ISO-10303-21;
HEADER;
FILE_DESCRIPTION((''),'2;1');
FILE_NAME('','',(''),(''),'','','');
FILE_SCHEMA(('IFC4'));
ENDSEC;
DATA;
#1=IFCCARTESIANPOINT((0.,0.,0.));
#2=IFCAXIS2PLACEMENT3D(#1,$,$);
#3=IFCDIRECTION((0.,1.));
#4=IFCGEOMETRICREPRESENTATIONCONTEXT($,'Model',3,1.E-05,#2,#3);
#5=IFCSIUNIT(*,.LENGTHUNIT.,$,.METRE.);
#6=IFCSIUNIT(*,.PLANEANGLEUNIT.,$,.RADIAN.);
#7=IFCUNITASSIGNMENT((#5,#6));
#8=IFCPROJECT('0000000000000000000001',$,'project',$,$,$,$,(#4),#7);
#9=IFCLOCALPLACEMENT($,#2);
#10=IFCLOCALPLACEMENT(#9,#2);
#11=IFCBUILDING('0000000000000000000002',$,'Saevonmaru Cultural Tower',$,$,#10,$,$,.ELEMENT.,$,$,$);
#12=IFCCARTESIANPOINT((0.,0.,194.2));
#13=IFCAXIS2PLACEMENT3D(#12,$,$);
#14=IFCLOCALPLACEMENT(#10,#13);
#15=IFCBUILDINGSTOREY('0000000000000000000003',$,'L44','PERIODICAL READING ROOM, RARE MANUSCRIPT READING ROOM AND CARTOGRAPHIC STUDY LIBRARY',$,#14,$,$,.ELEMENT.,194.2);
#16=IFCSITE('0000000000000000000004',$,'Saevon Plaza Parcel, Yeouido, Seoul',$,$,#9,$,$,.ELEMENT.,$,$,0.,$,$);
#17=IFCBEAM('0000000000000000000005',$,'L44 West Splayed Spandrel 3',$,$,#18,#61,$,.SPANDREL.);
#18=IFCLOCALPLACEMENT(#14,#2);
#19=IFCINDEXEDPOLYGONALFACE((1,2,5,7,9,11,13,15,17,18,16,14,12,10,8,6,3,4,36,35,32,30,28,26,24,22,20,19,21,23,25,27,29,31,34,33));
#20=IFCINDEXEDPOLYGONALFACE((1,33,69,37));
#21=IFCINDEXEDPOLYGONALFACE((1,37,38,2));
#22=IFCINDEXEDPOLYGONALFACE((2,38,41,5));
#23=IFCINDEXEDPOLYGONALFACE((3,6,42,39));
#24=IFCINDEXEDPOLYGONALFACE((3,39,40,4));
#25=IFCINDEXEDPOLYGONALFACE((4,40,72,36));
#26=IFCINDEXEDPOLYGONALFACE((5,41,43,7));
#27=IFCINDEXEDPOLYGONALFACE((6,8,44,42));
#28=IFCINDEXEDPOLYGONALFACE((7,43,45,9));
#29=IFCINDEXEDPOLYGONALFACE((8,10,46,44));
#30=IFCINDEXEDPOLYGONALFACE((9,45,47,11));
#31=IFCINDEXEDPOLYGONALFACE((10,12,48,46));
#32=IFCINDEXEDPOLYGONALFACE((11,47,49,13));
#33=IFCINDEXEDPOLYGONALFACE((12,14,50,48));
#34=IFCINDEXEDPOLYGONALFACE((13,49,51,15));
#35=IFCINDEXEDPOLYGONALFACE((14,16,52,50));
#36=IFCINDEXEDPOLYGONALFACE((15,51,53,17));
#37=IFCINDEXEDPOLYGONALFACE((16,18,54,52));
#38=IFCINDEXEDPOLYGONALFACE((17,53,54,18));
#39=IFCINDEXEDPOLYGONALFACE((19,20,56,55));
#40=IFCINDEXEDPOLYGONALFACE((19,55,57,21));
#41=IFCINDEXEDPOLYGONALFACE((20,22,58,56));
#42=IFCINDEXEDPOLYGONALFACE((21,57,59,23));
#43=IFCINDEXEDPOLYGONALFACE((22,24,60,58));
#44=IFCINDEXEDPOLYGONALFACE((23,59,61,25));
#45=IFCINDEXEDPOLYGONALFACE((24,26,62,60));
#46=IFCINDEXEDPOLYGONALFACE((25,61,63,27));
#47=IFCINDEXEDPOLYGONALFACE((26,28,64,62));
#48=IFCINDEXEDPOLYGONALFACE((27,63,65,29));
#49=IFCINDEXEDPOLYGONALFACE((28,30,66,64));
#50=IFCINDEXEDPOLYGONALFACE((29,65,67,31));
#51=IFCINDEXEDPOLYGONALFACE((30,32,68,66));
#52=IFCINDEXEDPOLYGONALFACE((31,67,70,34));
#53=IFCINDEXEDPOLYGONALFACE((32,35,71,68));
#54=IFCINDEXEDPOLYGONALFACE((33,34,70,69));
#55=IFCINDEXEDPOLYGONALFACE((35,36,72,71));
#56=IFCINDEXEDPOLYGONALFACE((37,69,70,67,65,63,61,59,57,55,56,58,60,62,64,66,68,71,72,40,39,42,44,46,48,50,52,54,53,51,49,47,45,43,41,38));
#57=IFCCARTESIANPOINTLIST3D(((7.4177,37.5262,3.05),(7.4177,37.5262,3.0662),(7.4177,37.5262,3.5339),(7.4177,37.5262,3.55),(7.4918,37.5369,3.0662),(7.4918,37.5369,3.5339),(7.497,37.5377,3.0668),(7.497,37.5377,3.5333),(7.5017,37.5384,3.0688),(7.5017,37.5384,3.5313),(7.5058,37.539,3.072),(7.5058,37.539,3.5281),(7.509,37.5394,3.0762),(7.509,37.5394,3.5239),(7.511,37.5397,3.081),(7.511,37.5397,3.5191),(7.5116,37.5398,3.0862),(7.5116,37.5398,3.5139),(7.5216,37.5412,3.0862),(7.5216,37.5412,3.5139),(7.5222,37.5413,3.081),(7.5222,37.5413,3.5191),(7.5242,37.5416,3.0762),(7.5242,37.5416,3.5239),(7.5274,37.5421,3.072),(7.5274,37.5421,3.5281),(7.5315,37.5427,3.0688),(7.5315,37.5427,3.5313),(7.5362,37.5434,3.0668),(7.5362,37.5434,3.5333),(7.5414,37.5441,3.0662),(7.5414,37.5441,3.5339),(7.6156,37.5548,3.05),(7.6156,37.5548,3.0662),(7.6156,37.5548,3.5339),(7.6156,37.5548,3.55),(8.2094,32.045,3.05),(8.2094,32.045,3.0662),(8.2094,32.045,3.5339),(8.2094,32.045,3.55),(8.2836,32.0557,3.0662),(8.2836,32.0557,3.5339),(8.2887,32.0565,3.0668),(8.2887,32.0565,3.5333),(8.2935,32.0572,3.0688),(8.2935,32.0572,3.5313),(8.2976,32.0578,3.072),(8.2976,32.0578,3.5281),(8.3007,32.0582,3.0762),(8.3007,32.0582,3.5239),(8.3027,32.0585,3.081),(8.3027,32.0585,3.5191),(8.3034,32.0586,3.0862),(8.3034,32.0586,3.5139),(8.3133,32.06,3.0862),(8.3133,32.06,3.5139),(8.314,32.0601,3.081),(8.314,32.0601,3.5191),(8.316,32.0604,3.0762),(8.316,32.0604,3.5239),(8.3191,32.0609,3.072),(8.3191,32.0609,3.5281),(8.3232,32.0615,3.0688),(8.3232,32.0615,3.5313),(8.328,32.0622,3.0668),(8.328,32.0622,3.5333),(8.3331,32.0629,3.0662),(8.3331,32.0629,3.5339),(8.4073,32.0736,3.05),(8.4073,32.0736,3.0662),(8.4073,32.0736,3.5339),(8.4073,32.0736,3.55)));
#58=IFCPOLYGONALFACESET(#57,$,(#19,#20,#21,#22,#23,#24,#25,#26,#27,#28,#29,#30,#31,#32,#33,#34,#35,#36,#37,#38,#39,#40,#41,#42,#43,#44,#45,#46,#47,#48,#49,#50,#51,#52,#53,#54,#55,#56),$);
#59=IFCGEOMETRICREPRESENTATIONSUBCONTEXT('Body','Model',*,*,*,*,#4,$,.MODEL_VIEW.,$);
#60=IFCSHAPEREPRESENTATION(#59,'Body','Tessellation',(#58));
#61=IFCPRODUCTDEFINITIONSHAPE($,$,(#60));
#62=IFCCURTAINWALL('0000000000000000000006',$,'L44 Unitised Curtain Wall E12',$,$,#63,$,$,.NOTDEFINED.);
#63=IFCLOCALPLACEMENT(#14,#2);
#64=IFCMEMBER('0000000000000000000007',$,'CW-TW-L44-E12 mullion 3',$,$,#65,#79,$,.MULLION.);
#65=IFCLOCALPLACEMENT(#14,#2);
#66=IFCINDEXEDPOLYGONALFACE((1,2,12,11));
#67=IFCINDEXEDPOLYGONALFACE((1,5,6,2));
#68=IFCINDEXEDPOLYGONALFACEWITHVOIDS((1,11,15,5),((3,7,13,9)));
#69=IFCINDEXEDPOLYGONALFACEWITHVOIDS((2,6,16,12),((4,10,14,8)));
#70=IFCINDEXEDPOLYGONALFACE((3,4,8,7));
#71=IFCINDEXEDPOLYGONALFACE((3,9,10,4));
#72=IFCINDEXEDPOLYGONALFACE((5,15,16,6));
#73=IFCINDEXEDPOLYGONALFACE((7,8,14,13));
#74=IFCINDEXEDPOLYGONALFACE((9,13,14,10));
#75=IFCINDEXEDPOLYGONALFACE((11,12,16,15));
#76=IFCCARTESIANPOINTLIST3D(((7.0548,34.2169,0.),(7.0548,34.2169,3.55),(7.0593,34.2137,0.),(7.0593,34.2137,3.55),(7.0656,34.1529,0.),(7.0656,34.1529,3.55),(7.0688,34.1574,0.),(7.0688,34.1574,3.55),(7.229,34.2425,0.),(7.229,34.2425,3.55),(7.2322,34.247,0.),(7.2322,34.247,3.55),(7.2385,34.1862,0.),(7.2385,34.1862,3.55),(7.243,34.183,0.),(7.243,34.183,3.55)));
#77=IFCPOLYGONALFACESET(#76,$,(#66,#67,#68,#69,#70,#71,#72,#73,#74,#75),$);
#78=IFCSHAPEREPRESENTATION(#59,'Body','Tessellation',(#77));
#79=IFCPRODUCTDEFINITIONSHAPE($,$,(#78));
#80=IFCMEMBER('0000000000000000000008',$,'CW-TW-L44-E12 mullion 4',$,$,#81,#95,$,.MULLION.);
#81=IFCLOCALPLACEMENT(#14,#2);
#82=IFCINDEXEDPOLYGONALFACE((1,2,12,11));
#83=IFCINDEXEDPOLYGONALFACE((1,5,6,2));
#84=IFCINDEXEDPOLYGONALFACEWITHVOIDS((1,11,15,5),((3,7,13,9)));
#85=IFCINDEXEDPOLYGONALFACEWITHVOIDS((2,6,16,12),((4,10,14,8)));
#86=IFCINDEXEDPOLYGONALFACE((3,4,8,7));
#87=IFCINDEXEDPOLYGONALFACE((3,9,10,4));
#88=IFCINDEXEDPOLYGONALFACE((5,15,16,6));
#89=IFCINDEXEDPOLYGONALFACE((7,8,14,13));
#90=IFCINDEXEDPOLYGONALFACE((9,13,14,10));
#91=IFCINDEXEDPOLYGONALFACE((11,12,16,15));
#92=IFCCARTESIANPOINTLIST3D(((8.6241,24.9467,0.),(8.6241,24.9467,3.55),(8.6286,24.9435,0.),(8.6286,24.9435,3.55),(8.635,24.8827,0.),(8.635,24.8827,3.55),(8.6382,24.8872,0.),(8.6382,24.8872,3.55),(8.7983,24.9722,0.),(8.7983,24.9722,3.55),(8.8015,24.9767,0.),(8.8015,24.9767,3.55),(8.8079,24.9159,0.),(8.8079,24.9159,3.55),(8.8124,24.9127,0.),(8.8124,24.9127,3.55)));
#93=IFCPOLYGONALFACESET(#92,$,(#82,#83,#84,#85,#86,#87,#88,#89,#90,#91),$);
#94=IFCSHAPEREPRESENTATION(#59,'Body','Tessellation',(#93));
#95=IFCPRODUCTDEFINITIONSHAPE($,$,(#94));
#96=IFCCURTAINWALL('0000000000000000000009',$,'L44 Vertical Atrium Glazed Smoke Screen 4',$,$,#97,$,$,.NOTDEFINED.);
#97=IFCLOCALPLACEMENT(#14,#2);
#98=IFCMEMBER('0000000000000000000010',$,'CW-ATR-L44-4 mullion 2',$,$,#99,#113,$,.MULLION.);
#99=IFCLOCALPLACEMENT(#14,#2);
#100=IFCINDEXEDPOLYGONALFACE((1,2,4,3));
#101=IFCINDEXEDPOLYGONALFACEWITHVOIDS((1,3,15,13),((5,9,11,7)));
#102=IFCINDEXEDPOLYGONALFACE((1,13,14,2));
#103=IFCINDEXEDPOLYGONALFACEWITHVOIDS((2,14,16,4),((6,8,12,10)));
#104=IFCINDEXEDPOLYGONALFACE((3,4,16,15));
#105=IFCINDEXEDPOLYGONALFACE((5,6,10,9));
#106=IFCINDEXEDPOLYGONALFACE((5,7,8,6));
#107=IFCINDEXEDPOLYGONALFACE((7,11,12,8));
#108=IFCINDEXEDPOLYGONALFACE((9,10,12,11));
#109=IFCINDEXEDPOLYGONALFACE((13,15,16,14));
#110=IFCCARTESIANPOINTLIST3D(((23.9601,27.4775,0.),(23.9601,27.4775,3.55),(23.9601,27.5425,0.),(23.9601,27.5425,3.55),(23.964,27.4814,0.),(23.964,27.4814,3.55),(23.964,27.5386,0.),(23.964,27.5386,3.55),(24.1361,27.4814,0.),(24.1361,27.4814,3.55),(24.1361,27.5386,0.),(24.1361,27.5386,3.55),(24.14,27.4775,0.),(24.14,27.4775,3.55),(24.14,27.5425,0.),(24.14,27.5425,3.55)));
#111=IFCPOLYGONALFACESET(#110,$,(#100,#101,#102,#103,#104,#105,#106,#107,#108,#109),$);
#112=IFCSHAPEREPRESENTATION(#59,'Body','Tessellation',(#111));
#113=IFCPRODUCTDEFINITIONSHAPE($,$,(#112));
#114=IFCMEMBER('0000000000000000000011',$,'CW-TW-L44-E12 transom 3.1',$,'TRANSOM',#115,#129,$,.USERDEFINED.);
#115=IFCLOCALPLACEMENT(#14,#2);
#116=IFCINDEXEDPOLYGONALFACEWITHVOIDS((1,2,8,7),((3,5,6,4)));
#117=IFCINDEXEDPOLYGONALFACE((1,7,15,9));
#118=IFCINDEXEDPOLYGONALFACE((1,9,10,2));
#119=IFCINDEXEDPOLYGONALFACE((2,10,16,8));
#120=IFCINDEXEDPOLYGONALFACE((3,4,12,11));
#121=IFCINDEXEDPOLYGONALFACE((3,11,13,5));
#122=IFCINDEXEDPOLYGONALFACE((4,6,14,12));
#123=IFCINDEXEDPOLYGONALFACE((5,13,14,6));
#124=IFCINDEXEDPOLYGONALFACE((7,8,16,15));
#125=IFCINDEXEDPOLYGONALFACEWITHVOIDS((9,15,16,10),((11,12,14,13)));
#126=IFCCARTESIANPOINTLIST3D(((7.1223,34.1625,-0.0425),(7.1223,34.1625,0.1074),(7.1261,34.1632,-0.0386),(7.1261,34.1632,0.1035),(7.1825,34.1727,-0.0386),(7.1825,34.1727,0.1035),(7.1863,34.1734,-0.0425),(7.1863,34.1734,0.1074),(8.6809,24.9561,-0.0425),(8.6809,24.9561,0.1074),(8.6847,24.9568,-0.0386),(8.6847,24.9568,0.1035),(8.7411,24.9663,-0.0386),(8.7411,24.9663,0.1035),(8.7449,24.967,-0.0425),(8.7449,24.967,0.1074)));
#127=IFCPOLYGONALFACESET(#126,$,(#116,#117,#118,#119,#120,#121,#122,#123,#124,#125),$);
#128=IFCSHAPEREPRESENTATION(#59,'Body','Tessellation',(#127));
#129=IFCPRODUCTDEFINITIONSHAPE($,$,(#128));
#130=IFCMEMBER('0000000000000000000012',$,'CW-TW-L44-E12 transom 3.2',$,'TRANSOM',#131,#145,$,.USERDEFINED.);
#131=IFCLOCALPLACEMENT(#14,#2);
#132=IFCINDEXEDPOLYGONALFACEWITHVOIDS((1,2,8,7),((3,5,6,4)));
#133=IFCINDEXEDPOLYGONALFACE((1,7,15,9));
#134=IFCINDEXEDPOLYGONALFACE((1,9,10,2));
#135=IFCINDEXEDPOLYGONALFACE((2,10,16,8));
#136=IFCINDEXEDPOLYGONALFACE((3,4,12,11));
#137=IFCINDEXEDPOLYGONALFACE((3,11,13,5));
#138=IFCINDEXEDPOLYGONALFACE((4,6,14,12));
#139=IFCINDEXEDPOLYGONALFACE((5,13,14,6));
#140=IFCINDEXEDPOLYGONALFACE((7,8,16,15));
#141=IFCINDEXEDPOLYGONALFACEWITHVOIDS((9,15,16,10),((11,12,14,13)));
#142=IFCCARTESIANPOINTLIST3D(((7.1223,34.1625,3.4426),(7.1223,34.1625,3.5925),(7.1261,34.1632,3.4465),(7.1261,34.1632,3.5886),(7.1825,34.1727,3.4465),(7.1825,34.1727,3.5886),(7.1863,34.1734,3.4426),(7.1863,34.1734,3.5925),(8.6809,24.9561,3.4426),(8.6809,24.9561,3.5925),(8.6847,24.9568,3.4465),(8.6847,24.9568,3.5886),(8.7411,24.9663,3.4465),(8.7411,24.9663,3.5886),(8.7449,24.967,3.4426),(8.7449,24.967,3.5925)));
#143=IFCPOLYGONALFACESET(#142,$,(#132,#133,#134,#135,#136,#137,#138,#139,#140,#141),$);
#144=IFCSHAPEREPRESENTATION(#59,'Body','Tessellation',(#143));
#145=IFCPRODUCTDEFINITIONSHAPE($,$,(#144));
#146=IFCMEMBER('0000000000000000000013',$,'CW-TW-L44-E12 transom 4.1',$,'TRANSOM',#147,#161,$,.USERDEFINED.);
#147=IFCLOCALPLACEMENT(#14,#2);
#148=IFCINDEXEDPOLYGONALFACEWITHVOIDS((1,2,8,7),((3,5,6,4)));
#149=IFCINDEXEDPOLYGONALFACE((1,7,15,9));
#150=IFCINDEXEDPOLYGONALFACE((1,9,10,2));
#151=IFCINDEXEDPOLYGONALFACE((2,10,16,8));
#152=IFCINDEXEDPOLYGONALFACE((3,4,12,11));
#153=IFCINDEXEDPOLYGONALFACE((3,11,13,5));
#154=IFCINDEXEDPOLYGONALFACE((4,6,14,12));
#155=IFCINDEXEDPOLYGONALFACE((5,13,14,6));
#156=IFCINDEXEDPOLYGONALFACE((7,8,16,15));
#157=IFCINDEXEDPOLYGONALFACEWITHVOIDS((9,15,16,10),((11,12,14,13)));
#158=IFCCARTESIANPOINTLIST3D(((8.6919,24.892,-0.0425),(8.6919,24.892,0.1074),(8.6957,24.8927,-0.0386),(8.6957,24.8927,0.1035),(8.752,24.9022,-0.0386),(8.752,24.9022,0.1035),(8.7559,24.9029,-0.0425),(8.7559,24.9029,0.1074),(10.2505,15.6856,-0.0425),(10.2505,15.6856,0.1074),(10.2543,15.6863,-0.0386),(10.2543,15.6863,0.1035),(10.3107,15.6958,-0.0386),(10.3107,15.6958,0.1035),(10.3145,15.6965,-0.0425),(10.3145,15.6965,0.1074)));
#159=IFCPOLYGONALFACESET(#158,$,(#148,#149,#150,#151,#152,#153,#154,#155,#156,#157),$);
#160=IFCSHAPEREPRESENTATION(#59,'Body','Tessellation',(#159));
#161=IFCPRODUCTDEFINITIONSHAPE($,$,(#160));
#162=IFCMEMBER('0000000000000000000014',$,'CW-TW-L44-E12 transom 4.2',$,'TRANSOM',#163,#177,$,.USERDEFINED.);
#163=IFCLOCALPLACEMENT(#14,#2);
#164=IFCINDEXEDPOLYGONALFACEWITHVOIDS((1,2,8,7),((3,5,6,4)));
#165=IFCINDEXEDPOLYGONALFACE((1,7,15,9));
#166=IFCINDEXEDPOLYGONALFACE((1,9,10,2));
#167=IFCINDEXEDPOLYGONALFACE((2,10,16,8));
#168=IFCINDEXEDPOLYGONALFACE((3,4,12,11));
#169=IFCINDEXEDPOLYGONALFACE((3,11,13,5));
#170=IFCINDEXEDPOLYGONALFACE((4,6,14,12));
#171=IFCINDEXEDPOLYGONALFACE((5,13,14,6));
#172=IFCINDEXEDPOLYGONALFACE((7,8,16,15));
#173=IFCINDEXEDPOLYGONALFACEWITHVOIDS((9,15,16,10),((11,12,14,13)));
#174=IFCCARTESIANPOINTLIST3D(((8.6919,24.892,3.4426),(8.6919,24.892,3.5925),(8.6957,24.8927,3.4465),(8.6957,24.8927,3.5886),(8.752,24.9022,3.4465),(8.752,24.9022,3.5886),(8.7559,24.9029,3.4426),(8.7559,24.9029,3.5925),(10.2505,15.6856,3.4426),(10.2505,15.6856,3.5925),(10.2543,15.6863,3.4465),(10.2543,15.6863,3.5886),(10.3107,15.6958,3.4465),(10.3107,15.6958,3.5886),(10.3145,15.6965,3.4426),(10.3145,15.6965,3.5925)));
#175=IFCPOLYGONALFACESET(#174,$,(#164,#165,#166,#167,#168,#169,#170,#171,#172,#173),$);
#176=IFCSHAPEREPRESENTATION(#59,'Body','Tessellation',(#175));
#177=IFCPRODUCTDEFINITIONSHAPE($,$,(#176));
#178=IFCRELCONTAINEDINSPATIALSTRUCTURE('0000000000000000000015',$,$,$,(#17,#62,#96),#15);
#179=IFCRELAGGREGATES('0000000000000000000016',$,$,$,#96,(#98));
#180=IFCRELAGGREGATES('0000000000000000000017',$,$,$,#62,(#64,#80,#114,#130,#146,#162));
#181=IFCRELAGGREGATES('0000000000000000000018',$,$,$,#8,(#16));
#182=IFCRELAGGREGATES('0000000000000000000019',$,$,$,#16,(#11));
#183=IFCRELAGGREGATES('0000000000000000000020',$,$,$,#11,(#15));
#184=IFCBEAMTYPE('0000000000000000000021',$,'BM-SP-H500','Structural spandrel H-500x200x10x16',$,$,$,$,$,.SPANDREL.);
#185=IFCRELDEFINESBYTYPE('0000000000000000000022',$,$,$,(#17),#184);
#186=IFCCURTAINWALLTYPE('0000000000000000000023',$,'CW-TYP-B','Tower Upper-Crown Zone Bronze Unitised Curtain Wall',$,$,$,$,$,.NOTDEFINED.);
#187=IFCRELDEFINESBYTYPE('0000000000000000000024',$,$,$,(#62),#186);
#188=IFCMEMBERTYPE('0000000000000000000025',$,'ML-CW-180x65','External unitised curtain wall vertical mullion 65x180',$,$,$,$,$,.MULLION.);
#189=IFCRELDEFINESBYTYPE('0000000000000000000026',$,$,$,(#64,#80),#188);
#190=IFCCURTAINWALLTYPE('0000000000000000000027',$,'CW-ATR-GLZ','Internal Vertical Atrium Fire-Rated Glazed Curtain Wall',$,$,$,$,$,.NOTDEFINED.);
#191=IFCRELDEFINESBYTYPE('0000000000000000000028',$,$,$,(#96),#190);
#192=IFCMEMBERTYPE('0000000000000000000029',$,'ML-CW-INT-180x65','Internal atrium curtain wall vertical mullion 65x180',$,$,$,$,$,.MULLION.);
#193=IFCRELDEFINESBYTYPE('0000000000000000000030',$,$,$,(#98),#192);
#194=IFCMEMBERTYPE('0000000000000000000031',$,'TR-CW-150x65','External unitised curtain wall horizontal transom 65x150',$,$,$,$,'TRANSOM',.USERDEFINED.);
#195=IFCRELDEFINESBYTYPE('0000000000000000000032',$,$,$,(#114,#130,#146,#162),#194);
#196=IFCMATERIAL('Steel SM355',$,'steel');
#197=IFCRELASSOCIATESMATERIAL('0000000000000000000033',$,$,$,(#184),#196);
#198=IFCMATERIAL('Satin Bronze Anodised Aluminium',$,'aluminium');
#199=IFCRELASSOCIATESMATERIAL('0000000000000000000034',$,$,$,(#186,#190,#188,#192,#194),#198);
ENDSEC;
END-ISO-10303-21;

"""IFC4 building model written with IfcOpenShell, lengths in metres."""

from ifc_helpers import new_model, si_unit, direction, frame, origin, origin_2d, place, context, subcontext, project, spatial, hollow_rectangle, i_section, extrude, material, material_profile, profile_set, type_object, element, aggregate, save


model = new_model("IFC4")

# Units and contexts
model_context = context("Model", 3, precision=1e-05, world=origin(), true_north=direction((0.0, 1.0)))
body_context = subcontext(model_context, "Body", "Model", "MODEL_VIEW")
ifc_project = project(units=[si_unit("LENGTHUNIT", "METRE"), si_unit("PLANEANGLEUNIT", "RADIAN")], contexts=[model_context])

# Site, building, storey
site_placement = place(None, origin())
site = spatial("IfcSite", under=ifc_project, at=site_placement, Name="Saevon Plaza Parcel, Yeouido, Seoul", CompositionType="ELEMENT", RefElevation=0.0)
building_placement = place(site_placement, origin())
building = spatial("IfcBuilding", under=site, at=building_placement, Name="Saevonmaru Cultural Tower", CompositionType="ELEMENT")
storey_placement = place(building_placement, frame((0.0, 0.0, 194.2)))
storey = spatial("IfcBuildingStorey", under=building, at=storey_placement, Name="L44", Description="PERIODICAL READING ROOM, RARE MANUSCRIPT READING ROOM AND CARTOGRAPHIC STUDY LIBRARY", CompositionType="ELEMENT", Elevation=194.2)

# Shared definitions
ifc_material_1 = material(Name="Steel SM355", Category="steel")

# Beam
ifc_material_profile_1 = material_profile(ifc_material_1, i_section(OverallWidth=0.2, OverallDepth=0.5, WebThickness=0.01, FlangeThickness=0.0161, FilletRadius=0.02, at=origin_2d()), Name="H-500x200x10x16")
ifc_profile_set_1 = profile_set([ifc_material_profile_1], Name="Steel SM355")
beam_type_1 = type_object("IfcBeamType", Name="BM-SP-H500", Description="Structural spandrel H-500x200x10x16", PredefinedType="SPANDREL", material=ifc_profile_set_1)
beam_1_placement = place(storey_placement, frame((8.3083, 32.0593, 3.3), z_axis=(-0.142964, 0.989728, 0.0), x_axis=(-0.989728, -0.142964, 0.0)))
element("IfcBeam", 1, at=beam_1_placement, inside=storey, type_object=beam_type_1, Name="L44 West Splayed Spandrel 3", PredefinedType="SPANDREL", context=body_context, shape_type="SweptSolid", body=[
    extrude(i_section(OverallWidth=0.2, OverallDepth=0.5, WebThickness=0.01, FlangeThickness=0.0161, FilletRadius=0.02, at=origin_2d()), origin(), (0.0, 0.0, 1.0), 5.5381),
])

# Curtain wall, members
ifc_material_2 = material(Name="Satin Bronze Anodised Aluminium", Category="aluminium")
curtain_wall_type_1 = type_object("IfcCurtainWallType", Name="CW-TYP-B", Description="Tower Upper-Crown Zone Bronze Unitised Curtain Wall", PredefinedType="NOTDEFINED", material=ifc_material_2)
curtain_wall_1_placement = place(storey_placement, origin())
curtain_wall_1 = element("IfcCurtainWall", 2, at=curtain_wall_1_placement, inside=storey, type_object=curtain_wall_type_1, Name="L44 Unitised Curtain Wall E12", PredefinedType="NOTDEFINED")
ifc_material_profile_2 = material_profile(ifc_material_2, hollow_rectangle(XDim=0.0649, YDim=0.1799, WallThickness=0.0039, at=origin_2d()), Name="ALU-MULL-180x65x4")
ifc_profile_set_2 = profile_set([ifc_material_profile_2], Name="Satin Bronze Anodised Aluminium")
member_type_1 = type_object("IfcMemberType", Name="ML-CW-180x65", Description="External unitised curtain wall vertical mullion 65x180", PredefinedType="MULLION", material=ifc_profile_set_2)
member_1_placement = place(storey_placement, frame((7.1489, 34.2, 0.0), z_axis=(0.0, 0.0, 1.0), x_axis=(0.166922, -0.98597, 0.0)))
member_1 = element("IfcMember", 3, at=member_1_placement, type_object=member_type_1, Name="CW-TW-L44-E12 mullion 3", PredefinedType="MULLION", context=body_context, shape_type="SweptSolid", body=[
    extrude(hollow_rectangle(XDim=0.0649, YDim=0.1799, WallThickness=0.0039, at=origin_2d()), origin(), (0.0, 0.0, 1.0), 3.55),
])
member_2_placement = place(storey_placement, frame((8.7183, 24.9297, 0.0), z_axis=(0.0, 0.0, 1.0), x_axis=(0.166922, -0.98597, 0.0)))
member_2 = element("IfcMember", 4, at=member_2_placement, type_object=member_type_1, Name="CW-TW-L44-E12 mullion 4", PredefinedType="MULLION", context=body_context, shape_type="SweptSolid", body=[
    extrude(hollow_rectangle(XDim=0.0649, YDim=0.1799, WallThickness=0.0039, at=origin_2d()), origin(), (0.0, 0.0, 1.0), 3.55),
])

# Curtain wall, member
curtain_wall_type_2 = type_object("IfcCurtainWallType", Name="CW-ATR-GLZ", Description="Internal Vertical Atrium Fire-Rated Glazed Curtain Wall", PredefinedType="NOTDEFINED", material=ifc_material_2)
curtain_wall_2_placement = place(storey_placement, origin())
curtain_wall_2 = element("IfcCurtainWall", 5, at=curtain_wall_2_placement, inside=storey, type_object=curtain_wall_type_2, Name="L44 Vertical Atrium Glazed Smoke Screen 4", PredefinedType="NOTDEFINED")
ifc_material_profile_3 = material_profile(ifc_material_2, hollow_rectangle(XDim=0.0649, YDim=0.1799, WallThickness=0.0039, at=origin_2d()), Name="ALU-MULL-180x65x4")
ifc_profile_set_3 = profile_set([ifc_material_profile_3], Name="Satin Bronze Anodised Aluminium")
member_type_2 = type_object("IfcMemberType", Name="ML-CW-INT-180x65", Description="Internal atrium curtain wall vertical mullion 65x180", PredefinedType="MULLION", material=ifc_profile_set_3)
member_3_placement = place(storey_placement, frame((24.05, 27.51, 0.0), z_axis=(0.0, 0.0, 1.0), x_axis=(0.0, -1.0, 0.0)))
member_3 = element("IfcMember", 6, at=member_3_placement, type_object=member_type_2, Name="CW-ATR-L44-4 mullion 2", PredefinedType="MULLION", context=body_context, shape_type="SweptSolid", body=[
    extrude(hollow_rectangle(XDim=0.0649, YDim=0.1799, WallThickness=0.0039, at=origin_2d()), origin(), (0.0, 0.0, 1.0), 3.55),
])

# Members
ifc_material_profile_4 = material_profile(ifc_material_2, hollow_rectangle(XDim=0.0649, YDim=0.1499, WallThickness=0.0039, at=origin_2d()), Name="ALU-TRAN-150x65x4")
ifc_profile_set_4 = profile_set([ifc_material_profile_4], Name="Satin Bronze Anodised Aluminium")
member_type_3 = type_object("IfcMemberType", Name="TR-CW-150x65", Description="External unitised curtain wall horizontal transom 65x150", ElementType="TRANSOM", PredefinedType="USERDEFINED", material=ifc_profile_set_4)
member_4_placement = place(storey_placement, frame((7.1543, 34.168, 0.0325), z_axis=(0.166921, -0.98597, 0.0), x_axis=(0.98597, 0.166921, 0.0)))
member_4 = element("IfcMember", 7, at=member_4_placement, type_object=member_type_3, Name="CW-TW-L44-E12 transom 3.1", ObjectType="TRANSOM", PredefinedType="USERDEFINED", context=body_context, shape_type="SweptSolid", body=[
    extrude(hollow_rectangle(XDim=0.0649, YDim=0.1499, WallThickness=0.0039, at=origin_2d()), origin(), (0.0, 0.0, 1.0), 9.3374),
])
member_5_placement = place(storey_placement, frame((7.1543, 34.168, 3.5176), z_axis=(0.166921, -0.98597, 0.0), x_axis=(0.98597, 0.166921, 0.0)))
member_5 = element("IfcMember", 8, at=member_5_placement, type_object=member_type_3, Name="CW-TW-L44-E12 transom 3.2", ObjectType="TRANSOM", PredefinedType="USERDEFINED", context=body_context, shape_type="SweptSolid", body=[
    extrude(hollow_rectangle(XDim=0.0649, YDim=0.1499, WallThickness=0.0039, at=origin_2d()), origin(), (0.0, 0.0, 1.0), 9.3374),
])
member_6_placement = place(storey_placement, frame((8.7239, 24.8975, 0.0325), z_axis=(0.166921, -0.98597, 0.0), x_axis=(0.98597, 0.166921, 0.0)))
member_6 = element("IfcMember", 9, at=member_6_placement, type_object=member_type_3, Name="CW-TW-L44-E12 transom 4.1", ObjectType="TRANSOM", PredefinedType="USERDEFINED", context=body_context, shape_type="SweptSolid", body=[
    extrude(hollow_rectangle(XDim=0.0649, YDim=0.1499, WallThickness=0.0039, at=origin_2d()), origin(), (0.0, 0.0, 1.0), 9.3374),
])
member_7_placement = place(storey_placement, frame((8.7239, 24.8975, 3.5176), z_axis=(0.166921, -0.98597, 0.0), x_axis=(0.98597, 0.166921, 0.0)))
member_7 = element("IfcMember", 10, at=member_7_placement, type_object=member_type_3, Name="CW-TW-L44-E12 transom 4.2", ObjectType="TRANSOM", PredefinedType="USERDEFINED", context=body_context, shape_type="SweptSolid", body=[
    extrude(hollow_rectangle(XDim=0.0649, YDim=0.1499, WallThickness=0.0039, at=origin_2d()), origin(), (0.0, 0.0, 1.0), 9.3374),
])

aggregate(curtain_wall_2, [member_3])
aggregate(curtain_wall_1, [member_1, member_2, member_4, member_5, member_6, member_7])

save(model, "model.ifc")
